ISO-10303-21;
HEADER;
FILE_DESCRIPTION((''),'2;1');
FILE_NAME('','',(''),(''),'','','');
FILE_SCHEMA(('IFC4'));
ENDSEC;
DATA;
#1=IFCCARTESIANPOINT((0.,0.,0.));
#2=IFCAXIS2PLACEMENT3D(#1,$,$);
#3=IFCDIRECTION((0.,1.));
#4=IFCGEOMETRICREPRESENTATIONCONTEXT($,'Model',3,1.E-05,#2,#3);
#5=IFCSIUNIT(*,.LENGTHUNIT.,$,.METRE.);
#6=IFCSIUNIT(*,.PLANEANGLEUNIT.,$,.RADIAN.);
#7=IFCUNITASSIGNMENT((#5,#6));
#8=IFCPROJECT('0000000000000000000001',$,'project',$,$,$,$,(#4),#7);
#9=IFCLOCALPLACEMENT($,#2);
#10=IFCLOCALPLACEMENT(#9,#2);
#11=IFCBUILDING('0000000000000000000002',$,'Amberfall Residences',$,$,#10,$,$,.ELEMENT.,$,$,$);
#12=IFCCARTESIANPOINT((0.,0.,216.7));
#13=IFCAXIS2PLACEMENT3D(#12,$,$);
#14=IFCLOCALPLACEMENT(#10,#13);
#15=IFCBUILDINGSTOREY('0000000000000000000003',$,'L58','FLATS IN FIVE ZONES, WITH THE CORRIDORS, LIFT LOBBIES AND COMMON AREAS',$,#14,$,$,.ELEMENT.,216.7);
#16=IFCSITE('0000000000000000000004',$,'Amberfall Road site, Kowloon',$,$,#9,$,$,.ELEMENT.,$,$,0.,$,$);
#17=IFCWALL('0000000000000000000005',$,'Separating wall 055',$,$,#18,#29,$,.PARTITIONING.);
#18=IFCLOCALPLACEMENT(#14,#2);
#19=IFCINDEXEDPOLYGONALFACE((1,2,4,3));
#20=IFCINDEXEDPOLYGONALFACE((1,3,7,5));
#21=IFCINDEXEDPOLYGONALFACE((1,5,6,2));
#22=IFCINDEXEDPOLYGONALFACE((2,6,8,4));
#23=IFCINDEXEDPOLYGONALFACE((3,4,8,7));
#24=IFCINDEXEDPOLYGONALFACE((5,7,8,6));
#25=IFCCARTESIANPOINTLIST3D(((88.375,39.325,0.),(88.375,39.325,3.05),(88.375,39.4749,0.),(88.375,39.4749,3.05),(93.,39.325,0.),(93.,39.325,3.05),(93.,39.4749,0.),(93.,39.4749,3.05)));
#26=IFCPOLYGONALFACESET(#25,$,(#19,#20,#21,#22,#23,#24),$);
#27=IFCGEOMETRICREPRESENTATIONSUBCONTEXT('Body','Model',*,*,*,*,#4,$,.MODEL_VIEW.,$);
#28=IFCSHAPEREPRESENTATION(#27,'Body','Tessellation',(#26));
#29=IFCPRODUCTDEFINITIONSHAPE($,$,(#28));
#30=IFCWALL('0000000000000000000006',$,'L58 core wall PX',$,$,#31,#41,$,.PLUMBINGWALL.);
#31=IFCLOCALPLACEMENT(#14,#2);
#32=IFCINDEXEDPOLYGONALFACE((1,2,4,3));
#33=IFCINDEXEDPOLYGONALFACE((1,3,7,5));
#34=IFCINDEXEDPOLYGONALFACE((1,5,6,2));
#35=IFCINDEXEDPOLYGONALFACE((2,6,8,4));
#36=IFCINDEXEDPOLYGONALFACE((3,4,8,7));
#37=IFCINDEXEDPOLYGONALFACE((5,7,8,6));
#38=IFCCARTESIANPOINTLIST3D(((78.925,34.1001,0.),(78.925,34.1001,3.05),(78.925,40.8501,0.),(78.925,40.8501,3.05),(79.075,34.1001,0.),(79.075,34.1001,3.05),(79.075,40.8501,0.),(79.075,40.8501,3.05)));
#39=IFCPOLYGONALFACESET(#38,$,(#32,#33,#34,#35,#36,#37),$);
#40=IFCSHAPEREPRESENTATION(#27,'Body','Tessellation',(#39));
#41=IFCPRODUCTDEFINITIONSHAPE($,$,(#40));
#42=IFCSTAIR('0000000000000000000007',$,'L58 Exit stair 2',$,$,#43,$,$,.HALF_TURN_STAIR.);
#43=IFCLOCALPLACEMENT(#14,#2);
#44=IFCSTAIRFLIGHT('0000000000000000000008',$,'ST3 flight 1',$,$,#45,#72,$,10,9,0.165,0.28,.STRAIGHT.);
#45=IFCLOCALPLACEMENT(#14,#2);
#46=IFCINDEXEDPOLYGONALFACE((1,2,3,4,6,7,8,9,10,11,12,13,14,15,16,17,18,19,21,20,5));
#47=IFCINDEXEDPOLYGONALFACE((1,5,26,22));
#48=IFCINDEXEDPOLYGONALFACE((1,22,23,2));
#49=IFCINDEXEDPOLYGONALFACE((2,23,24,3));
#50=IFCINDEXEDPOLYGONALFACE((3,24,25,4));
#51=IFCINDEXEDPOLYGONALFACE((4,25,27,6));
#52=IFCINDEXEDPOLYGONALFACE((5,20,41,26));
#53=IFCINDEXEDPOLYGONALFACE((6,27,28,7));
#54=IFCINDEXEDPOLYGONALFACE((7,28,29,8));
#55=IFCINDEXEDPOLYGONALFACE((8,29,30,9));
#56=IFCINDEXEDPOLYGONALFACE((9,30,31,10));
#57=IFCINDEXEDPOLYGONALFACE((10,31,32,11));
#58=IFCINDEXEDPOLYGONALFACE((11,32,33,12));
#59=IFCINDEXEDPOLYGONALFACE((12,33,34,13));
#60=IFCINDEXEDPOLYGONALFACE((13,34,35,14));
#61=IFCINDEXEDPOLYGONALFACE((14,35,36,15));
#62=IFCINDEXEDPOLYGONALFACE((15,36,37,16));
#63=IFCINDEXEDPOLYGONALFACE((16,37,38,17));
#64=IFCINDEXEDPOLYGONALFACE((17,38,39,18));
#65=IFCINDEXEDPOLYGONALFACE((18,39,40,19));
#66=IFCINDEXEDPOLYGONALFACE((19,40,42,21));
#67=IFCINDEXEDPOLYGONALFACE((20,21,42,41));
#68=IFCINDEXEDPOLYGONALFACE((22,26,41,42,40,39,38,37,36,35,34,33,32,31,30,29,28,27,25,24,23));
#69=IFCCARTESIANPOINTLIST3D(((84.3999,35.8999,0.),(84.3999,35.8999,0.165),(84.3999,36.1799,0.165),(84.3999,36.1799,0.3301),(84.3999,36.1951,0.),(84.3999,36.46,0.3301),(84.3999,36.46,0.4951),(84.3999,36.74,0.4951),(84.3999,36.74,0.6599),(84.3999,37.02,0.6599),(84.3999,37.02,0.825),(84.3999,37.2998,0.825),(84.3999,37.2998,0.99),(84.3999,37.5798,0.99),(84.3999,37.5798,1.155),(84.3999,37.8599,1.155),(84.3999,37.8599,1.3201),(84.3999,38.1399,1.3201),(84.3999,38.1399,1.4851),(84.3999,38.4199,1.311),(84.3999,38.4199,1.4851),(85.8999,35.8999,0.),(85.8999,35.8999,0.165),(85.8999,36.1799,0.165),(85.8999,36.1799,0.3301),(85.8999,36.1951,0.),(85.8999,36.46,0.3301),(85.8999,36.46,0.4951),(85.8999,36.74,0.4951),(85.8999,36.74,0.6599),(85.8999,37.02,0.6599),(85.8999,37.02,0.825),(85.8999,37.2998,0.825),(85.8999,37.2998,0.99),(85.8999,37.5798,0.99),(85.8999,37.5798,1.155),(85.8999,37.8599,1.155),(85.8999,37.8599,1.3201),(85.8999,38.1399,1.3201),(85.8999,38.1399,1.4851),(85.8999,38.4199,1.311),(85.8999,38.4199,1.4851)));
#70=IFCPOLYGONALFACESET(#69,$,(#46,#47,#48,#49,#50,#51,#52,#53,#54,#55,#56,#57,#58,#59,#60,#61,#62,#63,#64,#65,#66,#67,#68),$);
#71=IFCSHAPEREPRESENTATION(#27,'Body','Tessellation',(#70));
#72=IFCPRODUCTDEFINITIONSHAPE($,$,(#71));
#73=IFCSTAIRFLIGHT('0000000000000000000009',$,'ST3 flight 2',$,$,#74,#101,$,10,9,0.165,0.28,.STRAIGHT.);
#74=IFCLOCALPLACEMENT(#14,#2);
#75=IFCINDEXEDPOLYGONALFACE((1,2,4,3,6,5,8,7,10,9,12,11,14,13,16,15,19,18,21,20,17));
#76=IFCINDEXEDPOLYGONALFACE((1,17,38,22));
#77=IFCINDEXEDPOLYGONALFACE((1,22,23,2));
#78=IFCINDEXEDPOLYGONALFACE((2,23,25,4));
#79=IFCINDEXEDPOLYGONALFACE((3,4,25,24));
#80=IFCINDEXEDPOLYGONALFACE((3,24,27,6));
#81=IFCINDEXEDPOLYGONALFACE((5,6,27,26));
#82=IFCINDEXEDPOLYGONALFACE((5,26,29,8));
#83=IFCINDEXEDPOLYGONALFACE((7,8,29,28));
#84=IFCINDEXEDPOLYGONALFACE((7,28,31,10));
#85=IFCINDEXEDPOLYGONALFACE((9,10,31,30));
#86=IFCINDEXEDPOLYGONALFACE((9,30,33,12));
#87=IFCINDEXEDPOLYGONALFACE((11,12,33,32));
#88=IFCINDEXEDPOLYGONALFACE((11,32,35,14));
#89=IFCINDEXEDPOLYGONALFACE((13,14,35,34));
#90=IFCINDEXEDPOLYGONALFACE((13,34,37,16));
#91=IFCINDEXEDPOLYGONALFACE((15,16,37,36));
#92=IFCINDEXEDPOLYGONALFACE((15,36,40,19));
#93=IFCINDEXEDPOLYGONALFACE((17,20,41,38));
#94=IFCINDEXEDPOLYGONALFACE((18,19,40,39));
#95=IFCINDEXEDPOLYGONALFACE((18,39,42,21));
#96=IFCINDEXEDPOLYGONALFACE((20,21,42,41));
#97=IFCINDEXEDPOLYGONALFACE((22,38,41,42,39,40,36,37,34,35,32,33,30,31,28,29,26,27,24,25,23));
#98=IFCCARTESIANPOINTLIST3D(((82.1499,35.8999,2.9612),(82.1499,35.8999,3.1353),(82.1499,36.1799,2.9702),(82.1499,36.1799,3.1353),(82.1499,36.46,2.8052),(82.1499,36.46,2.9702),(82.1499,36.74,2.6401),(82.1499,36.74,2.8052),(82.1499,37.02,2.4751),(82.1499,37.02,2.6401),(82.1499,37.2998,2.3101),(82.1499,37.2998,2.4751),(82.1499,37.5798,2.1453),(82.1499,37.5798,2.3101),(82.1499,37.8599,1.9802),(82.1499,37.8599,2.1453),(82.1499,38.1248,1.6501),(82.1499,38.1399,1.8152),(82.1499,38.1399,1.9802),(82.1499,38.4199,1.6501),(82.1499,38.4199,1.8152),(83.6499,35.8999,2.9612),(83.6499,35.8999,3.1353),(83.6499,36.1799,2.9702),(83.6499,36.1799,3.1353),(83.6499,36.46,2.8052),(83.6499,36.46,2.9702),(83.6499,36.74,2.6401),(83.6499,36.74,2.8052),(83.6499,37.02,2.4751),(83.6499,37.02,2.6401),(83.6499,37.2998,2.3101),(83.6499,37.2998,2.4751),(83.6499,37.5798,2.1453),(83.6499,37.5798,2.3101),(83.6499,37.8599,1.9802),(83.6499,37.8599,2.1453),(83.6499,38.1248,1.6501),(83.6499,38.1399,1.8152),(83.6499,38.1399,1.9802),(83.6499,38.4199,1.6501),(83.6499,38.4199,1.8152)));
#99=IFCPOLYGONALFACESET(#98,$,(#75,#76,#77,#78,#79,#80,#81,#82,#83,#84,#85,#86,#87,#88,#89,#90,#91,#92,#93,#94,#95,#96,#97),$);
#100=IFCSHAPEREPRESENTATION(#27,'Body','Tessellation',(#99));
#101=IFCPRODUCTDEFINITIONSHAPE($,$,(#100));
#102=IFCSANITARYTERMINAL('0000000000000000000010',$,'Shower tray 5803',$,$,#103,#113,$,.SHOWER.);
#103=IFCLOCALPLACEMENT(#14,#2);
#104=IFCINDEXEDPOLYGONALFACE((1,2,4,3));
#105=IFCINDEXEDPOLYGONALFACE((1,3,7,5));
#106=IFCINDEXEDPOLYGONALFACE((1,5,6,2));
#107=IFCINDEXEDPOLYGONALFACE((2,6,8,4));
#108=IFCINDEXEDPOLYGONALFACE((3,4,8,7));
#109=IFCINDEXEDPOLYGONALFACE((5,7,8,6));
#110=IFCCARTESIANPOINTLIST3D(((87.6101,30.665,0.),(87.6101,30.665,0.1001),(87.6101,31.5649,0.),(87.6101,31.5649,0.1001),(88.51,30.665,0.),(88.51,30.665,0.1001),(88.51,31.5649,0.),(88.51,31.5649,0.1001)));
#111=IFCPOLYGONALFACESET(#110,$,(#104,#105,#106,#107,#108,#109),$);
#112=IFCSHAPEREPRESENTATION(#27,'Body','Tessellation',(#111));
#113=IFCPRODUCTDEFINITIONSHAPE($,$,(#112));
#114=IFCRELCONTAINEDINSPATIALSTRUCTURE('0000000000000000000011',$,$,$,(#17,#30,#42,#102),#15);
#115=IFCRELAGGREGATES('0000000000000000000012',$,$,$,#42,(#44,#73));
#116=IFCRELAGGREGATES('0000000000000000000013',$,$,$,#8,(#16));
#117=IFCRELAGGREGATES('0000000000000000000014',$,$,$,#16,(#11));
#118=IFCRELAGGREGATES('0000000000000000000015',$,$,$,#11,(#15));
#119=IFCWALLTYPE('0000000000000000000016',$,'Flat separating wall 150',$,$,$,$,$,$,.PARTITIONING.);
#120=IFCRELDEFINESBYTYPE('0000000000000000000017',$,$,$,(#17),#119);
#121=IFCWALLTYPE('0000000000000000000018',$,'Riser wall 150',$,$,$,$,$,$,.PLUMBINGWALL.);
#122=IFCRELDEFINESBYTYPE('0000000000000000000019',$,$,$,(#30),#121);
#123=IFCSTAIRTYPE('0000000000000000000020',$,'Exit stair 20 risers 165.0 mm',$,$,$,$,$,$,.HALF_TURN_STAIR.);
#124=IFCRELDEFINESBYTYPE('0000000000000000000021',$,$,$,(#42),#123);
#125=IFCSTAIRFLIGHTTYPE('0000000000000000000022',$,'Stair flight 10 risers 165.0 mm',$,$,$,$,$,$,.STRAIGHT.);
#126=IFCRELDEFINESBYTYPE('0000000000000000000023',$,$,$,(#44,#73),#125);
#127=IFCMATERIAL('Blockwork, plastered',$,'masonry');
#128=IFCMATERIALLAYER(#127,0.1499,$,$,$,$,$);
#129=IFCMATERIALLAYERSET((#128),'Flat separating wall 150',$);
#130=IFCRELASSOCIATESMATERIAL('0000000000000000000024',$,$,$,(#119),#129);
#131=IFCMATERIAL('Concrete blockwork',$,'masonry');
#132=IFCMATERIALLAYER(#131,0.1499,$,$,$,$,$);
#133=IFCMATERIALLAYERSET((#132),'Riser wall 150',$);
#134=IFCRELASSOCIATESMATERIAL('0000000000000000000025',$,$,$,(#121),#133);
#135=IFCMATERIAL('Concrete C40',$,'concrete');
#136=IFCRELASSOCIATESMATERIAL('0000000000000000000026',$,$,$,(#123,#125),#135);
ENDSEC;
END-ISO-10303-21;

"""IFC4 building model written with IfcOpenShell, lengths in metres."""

from ifc_helpers import new_model, si_unit, direction, frame, frame_2d, origin, origin_2d, place, context, subcontext, project, spatial, polyline, rectangle, outline, extrude, material, layer, layer_set, type_object, element, aggregate, save


model = new_model("IFC4")

# Units and contexts
model_context = context("Model", 3, precision=1e-05, world=origin(), true_north=direction((0.0, 1.0)))
body_context = subcontext(model_context, "Body", "Model", "MODEL_VIEW")
ifc_project = project(units=[si_unit("LENGTHUNIT", "METRE"), si_unit("PLANEANGLEUNIT", "RADIAN")], contexts=[model_context])

# Site, building, storey
site_placement = place(None, origin())
site = spatial("IfcSite", under=ifc_project, at=site_placement, Name="Amberfall Road site, Kowloon", CompositionType="ELEMENT", RefElevation=0.0)
building_placement = place(site_placement, origin())
building = spatial("IfcBuilding", under=site, at=building_placement, Name="Amberfall Residences", CompositionType="ELEMENT")
storey_placement = place(building_placement, frame((0.0, 0.0, 216.7)))
storey = spatial("IfcBuildingStorey", under=building, at=storey_placement, Name="L58", Description="FLATS IN FIVE ZONES, WITH THE CORRIDORS, LIFT LOBBIES AND COMMON AREAS", CompositionType="ELEMENT", Elevation=216.7)

# Walls
ifc_material_1 = material(Name="Blockwork, plastered", Category="masonry")
ifc_layer_1 = layer(ifc_material_1, 0.1499)
ifc_layer_set_1 = layer_set([ifc_layer_1], Name="Flat separating wall 150")
wall_type_1 = type_object("IfcWallType", Name="Flat separating wall 150", PredefinedType="PARTITIONING", material=ifc_layer_set_1)
wall_1_placement = place(storey_placement, frame((88.375, 39.3999, 0.0), z_axis=(0.0, 0.0, 1.0), x_axis=(1.0, 0.0, 0.0)))
element("IfcWall", 1, at=wall_1_placement, inside=storey, type_object=wall_type_1, Name="Separating wall 055", PredefinedType="PARTITIONING", context=body_context, shape_type="SweptSolid", body=[
    extrude(rectangle(XDim=4.625, YDim=0.1499, at=frame_2d((2.3125, 0.0))), origin(), (0.0, 0.0, 1.0), 3.05),
])
ifc_material_2 = material(Name="Concrete blockwork", Category="masonry")
ifc_layer_2 = layer(ifc_material_2, 0.1499)
ifc_layer_set_2 = layer_set([ifc_layer_2], Name="Riser wall 150")
wall_type_2 = type_object("IfcWallType", Name="Riser wall 150", PredefinedType="PLUMBINGWALL", material=ifc_layer_set_2)
wall_2_placement = place(storey_placement, frame((79.0, 34.1001, 0.0), z_axis=(0.0, 0.0, 1.0), x_axis=(0.0, 1.0, 0.0)))
element("IfcWall", 2, at=wall_2_placement, inside=storey, type_object=wall_type_2, Name="L58 core wall PX", PredefinedType="PLUMBINGWALL", context=body_context, shape_type="SweptSolid", body=[
    extrude(rectangle(XDim=6.75, YDim=0.1499, at=frame_2d((3.375, 0.0))), origin(), (0.0, 0.0, 1.0), 3.05),
])

# Stair, stair flights
ifc_material_3 = material(Name="Concrete C40", Category="concrete")
stair_type = type_object("IfcStairType", Name="Exit stair 20 risers 165.0 mm", PredefinedType="HALF_TURN_STAIR", material=ifc_material_3)
stair_placement = place(storey_placement, origin())
stair = element("IfcStair", 3, at=stair_placement, inside=storey, type_object=stair_type, Name="L58 Exit stair 2", PredefinedType="HALF_TURN_STAIR")
stair_flight_type = type_object("IfcStairFlightType", Name="Stair flight 10 risers 165.0 mm", PredefinedType="STRAIGHT", material=ifc_material_3)
stair_flight_1_placement = place(storey_placement, frame((85.1499, 35.8999, 0.0), z_axis=(0.0, 0.0, 1.0), x_axis=(0.0, 1.0, 0.0)))
stair_flight_1 = element("IfcStairFlight", 4, at=stair_flight_1_placement, type_object=stair_flight_type, Name="ST3 flight 1", NumberOfRisers=10, NumberOfTreads=9, PredefinedType="STRAIGHT", RiserHeight=0.165, TreadLength=0.28, context=body_context, shape_type="SweptSolid", body=[
    extrude(outline(polyline([(0.0, 0.0), (0.0, 0.165), (0.28, 0.165), (0.28, 0.3301), (0.5601, 0.3301), (0.5601, 0.4951), (0.8401, 0.4951), (0.8401, 0.6599), (1.1201, 0.6599), (1.1201, 0.825), (1.3999, 0.825), (1.3999, 0.99), (1.6799, 0.99), (1.6799, 1.155), (1.96, 1.155), (1.96, 1.3201), (2.24, 1.3201), (2.24, 1.4851), (2.52, 1.4851), (2.52, 1.6499), (2.52, 1.311), (0.2952, 0.0), (0.0, 0.0)])), frame((0.0, 0.75, 0.0), z_axis=(0.0, -1.0, 0.0), x_axis=(1.0, 0.0, 0.0)), (0.0, 0.0, 1.0), 1.5),
])
stair_flight_2_placement = place(storey_placement, frame((82.8999, 38.4199, 1.6501), z_axis=(0.0, 0.0, 1.0), x_axis=(0.0, -1.0, 0.0)))
stair_flight_2 = element("IfcStairFlight", 5, at=stair_flight_2_placement, type_object=stair_flight_type, Name="ST3 flight 2", NumberOfRisers=10, NumberOfTreads=9, PredefinedType="STRAIGHT", RiserHeight=0.165, TreadLength=0.28, context=body_context, shape_type="SweptSolid", body=[
    extrude(outline(polyline([(0.0, 0.0), (0.0, 0.165), (0.28, 0.165), (0.28, 0.3301), (0.5601, 0.3301), (0.5601, 0.4951), (0.8401, 0.4951), (0.8401, 0.6599), (1.1201, 0.6599), (1.1201, 0.825), (1.3999, 0.825), (1.3999, 0.99), (1.6799, 0.99), (1.6799, 1.155), (1.96, 1.155), (1.96, 1.3201), (2.24, 1.3201), (2.24, 1.4851), (2.52, 1.4851), (2.52, 1.6499), (2.52, 1.311), (0.2952, 0.0), (0.0, 0.0)])), frame((0.0, 0.75, 0.0), z_axis=(0.0, -1.0, 0.0), x_axis=(1.0, 0.0, 0.0)), (0.0, 0.0, 1.0), 1.5),
])
aggregate(stair, [stair_flight_1, stair_flight_2])

# Sanitary terminal
sanitary_terminal_placement = place(storey_placement, frame((88.0601, 31.115, 0.0), z_axis=(0.0, 0.0, 1.0), x_axis=(1.0, 0.0, 0.0)))
element("IfcSanitaryTerminal", 6, at=sanitary_terminal_placement, inside=storey, Name="Shower tray 5803", PredefinedType="SHOWER", context=body_context, shape_type="SweptSolid", body=[
    extrude(rectangle(XDim=0.8999, YDim=0.8999, at=origin_2d()), origin(), (0.0, 0.0, 1.0), 0.1001),
])

save(model, "model.ifc")
